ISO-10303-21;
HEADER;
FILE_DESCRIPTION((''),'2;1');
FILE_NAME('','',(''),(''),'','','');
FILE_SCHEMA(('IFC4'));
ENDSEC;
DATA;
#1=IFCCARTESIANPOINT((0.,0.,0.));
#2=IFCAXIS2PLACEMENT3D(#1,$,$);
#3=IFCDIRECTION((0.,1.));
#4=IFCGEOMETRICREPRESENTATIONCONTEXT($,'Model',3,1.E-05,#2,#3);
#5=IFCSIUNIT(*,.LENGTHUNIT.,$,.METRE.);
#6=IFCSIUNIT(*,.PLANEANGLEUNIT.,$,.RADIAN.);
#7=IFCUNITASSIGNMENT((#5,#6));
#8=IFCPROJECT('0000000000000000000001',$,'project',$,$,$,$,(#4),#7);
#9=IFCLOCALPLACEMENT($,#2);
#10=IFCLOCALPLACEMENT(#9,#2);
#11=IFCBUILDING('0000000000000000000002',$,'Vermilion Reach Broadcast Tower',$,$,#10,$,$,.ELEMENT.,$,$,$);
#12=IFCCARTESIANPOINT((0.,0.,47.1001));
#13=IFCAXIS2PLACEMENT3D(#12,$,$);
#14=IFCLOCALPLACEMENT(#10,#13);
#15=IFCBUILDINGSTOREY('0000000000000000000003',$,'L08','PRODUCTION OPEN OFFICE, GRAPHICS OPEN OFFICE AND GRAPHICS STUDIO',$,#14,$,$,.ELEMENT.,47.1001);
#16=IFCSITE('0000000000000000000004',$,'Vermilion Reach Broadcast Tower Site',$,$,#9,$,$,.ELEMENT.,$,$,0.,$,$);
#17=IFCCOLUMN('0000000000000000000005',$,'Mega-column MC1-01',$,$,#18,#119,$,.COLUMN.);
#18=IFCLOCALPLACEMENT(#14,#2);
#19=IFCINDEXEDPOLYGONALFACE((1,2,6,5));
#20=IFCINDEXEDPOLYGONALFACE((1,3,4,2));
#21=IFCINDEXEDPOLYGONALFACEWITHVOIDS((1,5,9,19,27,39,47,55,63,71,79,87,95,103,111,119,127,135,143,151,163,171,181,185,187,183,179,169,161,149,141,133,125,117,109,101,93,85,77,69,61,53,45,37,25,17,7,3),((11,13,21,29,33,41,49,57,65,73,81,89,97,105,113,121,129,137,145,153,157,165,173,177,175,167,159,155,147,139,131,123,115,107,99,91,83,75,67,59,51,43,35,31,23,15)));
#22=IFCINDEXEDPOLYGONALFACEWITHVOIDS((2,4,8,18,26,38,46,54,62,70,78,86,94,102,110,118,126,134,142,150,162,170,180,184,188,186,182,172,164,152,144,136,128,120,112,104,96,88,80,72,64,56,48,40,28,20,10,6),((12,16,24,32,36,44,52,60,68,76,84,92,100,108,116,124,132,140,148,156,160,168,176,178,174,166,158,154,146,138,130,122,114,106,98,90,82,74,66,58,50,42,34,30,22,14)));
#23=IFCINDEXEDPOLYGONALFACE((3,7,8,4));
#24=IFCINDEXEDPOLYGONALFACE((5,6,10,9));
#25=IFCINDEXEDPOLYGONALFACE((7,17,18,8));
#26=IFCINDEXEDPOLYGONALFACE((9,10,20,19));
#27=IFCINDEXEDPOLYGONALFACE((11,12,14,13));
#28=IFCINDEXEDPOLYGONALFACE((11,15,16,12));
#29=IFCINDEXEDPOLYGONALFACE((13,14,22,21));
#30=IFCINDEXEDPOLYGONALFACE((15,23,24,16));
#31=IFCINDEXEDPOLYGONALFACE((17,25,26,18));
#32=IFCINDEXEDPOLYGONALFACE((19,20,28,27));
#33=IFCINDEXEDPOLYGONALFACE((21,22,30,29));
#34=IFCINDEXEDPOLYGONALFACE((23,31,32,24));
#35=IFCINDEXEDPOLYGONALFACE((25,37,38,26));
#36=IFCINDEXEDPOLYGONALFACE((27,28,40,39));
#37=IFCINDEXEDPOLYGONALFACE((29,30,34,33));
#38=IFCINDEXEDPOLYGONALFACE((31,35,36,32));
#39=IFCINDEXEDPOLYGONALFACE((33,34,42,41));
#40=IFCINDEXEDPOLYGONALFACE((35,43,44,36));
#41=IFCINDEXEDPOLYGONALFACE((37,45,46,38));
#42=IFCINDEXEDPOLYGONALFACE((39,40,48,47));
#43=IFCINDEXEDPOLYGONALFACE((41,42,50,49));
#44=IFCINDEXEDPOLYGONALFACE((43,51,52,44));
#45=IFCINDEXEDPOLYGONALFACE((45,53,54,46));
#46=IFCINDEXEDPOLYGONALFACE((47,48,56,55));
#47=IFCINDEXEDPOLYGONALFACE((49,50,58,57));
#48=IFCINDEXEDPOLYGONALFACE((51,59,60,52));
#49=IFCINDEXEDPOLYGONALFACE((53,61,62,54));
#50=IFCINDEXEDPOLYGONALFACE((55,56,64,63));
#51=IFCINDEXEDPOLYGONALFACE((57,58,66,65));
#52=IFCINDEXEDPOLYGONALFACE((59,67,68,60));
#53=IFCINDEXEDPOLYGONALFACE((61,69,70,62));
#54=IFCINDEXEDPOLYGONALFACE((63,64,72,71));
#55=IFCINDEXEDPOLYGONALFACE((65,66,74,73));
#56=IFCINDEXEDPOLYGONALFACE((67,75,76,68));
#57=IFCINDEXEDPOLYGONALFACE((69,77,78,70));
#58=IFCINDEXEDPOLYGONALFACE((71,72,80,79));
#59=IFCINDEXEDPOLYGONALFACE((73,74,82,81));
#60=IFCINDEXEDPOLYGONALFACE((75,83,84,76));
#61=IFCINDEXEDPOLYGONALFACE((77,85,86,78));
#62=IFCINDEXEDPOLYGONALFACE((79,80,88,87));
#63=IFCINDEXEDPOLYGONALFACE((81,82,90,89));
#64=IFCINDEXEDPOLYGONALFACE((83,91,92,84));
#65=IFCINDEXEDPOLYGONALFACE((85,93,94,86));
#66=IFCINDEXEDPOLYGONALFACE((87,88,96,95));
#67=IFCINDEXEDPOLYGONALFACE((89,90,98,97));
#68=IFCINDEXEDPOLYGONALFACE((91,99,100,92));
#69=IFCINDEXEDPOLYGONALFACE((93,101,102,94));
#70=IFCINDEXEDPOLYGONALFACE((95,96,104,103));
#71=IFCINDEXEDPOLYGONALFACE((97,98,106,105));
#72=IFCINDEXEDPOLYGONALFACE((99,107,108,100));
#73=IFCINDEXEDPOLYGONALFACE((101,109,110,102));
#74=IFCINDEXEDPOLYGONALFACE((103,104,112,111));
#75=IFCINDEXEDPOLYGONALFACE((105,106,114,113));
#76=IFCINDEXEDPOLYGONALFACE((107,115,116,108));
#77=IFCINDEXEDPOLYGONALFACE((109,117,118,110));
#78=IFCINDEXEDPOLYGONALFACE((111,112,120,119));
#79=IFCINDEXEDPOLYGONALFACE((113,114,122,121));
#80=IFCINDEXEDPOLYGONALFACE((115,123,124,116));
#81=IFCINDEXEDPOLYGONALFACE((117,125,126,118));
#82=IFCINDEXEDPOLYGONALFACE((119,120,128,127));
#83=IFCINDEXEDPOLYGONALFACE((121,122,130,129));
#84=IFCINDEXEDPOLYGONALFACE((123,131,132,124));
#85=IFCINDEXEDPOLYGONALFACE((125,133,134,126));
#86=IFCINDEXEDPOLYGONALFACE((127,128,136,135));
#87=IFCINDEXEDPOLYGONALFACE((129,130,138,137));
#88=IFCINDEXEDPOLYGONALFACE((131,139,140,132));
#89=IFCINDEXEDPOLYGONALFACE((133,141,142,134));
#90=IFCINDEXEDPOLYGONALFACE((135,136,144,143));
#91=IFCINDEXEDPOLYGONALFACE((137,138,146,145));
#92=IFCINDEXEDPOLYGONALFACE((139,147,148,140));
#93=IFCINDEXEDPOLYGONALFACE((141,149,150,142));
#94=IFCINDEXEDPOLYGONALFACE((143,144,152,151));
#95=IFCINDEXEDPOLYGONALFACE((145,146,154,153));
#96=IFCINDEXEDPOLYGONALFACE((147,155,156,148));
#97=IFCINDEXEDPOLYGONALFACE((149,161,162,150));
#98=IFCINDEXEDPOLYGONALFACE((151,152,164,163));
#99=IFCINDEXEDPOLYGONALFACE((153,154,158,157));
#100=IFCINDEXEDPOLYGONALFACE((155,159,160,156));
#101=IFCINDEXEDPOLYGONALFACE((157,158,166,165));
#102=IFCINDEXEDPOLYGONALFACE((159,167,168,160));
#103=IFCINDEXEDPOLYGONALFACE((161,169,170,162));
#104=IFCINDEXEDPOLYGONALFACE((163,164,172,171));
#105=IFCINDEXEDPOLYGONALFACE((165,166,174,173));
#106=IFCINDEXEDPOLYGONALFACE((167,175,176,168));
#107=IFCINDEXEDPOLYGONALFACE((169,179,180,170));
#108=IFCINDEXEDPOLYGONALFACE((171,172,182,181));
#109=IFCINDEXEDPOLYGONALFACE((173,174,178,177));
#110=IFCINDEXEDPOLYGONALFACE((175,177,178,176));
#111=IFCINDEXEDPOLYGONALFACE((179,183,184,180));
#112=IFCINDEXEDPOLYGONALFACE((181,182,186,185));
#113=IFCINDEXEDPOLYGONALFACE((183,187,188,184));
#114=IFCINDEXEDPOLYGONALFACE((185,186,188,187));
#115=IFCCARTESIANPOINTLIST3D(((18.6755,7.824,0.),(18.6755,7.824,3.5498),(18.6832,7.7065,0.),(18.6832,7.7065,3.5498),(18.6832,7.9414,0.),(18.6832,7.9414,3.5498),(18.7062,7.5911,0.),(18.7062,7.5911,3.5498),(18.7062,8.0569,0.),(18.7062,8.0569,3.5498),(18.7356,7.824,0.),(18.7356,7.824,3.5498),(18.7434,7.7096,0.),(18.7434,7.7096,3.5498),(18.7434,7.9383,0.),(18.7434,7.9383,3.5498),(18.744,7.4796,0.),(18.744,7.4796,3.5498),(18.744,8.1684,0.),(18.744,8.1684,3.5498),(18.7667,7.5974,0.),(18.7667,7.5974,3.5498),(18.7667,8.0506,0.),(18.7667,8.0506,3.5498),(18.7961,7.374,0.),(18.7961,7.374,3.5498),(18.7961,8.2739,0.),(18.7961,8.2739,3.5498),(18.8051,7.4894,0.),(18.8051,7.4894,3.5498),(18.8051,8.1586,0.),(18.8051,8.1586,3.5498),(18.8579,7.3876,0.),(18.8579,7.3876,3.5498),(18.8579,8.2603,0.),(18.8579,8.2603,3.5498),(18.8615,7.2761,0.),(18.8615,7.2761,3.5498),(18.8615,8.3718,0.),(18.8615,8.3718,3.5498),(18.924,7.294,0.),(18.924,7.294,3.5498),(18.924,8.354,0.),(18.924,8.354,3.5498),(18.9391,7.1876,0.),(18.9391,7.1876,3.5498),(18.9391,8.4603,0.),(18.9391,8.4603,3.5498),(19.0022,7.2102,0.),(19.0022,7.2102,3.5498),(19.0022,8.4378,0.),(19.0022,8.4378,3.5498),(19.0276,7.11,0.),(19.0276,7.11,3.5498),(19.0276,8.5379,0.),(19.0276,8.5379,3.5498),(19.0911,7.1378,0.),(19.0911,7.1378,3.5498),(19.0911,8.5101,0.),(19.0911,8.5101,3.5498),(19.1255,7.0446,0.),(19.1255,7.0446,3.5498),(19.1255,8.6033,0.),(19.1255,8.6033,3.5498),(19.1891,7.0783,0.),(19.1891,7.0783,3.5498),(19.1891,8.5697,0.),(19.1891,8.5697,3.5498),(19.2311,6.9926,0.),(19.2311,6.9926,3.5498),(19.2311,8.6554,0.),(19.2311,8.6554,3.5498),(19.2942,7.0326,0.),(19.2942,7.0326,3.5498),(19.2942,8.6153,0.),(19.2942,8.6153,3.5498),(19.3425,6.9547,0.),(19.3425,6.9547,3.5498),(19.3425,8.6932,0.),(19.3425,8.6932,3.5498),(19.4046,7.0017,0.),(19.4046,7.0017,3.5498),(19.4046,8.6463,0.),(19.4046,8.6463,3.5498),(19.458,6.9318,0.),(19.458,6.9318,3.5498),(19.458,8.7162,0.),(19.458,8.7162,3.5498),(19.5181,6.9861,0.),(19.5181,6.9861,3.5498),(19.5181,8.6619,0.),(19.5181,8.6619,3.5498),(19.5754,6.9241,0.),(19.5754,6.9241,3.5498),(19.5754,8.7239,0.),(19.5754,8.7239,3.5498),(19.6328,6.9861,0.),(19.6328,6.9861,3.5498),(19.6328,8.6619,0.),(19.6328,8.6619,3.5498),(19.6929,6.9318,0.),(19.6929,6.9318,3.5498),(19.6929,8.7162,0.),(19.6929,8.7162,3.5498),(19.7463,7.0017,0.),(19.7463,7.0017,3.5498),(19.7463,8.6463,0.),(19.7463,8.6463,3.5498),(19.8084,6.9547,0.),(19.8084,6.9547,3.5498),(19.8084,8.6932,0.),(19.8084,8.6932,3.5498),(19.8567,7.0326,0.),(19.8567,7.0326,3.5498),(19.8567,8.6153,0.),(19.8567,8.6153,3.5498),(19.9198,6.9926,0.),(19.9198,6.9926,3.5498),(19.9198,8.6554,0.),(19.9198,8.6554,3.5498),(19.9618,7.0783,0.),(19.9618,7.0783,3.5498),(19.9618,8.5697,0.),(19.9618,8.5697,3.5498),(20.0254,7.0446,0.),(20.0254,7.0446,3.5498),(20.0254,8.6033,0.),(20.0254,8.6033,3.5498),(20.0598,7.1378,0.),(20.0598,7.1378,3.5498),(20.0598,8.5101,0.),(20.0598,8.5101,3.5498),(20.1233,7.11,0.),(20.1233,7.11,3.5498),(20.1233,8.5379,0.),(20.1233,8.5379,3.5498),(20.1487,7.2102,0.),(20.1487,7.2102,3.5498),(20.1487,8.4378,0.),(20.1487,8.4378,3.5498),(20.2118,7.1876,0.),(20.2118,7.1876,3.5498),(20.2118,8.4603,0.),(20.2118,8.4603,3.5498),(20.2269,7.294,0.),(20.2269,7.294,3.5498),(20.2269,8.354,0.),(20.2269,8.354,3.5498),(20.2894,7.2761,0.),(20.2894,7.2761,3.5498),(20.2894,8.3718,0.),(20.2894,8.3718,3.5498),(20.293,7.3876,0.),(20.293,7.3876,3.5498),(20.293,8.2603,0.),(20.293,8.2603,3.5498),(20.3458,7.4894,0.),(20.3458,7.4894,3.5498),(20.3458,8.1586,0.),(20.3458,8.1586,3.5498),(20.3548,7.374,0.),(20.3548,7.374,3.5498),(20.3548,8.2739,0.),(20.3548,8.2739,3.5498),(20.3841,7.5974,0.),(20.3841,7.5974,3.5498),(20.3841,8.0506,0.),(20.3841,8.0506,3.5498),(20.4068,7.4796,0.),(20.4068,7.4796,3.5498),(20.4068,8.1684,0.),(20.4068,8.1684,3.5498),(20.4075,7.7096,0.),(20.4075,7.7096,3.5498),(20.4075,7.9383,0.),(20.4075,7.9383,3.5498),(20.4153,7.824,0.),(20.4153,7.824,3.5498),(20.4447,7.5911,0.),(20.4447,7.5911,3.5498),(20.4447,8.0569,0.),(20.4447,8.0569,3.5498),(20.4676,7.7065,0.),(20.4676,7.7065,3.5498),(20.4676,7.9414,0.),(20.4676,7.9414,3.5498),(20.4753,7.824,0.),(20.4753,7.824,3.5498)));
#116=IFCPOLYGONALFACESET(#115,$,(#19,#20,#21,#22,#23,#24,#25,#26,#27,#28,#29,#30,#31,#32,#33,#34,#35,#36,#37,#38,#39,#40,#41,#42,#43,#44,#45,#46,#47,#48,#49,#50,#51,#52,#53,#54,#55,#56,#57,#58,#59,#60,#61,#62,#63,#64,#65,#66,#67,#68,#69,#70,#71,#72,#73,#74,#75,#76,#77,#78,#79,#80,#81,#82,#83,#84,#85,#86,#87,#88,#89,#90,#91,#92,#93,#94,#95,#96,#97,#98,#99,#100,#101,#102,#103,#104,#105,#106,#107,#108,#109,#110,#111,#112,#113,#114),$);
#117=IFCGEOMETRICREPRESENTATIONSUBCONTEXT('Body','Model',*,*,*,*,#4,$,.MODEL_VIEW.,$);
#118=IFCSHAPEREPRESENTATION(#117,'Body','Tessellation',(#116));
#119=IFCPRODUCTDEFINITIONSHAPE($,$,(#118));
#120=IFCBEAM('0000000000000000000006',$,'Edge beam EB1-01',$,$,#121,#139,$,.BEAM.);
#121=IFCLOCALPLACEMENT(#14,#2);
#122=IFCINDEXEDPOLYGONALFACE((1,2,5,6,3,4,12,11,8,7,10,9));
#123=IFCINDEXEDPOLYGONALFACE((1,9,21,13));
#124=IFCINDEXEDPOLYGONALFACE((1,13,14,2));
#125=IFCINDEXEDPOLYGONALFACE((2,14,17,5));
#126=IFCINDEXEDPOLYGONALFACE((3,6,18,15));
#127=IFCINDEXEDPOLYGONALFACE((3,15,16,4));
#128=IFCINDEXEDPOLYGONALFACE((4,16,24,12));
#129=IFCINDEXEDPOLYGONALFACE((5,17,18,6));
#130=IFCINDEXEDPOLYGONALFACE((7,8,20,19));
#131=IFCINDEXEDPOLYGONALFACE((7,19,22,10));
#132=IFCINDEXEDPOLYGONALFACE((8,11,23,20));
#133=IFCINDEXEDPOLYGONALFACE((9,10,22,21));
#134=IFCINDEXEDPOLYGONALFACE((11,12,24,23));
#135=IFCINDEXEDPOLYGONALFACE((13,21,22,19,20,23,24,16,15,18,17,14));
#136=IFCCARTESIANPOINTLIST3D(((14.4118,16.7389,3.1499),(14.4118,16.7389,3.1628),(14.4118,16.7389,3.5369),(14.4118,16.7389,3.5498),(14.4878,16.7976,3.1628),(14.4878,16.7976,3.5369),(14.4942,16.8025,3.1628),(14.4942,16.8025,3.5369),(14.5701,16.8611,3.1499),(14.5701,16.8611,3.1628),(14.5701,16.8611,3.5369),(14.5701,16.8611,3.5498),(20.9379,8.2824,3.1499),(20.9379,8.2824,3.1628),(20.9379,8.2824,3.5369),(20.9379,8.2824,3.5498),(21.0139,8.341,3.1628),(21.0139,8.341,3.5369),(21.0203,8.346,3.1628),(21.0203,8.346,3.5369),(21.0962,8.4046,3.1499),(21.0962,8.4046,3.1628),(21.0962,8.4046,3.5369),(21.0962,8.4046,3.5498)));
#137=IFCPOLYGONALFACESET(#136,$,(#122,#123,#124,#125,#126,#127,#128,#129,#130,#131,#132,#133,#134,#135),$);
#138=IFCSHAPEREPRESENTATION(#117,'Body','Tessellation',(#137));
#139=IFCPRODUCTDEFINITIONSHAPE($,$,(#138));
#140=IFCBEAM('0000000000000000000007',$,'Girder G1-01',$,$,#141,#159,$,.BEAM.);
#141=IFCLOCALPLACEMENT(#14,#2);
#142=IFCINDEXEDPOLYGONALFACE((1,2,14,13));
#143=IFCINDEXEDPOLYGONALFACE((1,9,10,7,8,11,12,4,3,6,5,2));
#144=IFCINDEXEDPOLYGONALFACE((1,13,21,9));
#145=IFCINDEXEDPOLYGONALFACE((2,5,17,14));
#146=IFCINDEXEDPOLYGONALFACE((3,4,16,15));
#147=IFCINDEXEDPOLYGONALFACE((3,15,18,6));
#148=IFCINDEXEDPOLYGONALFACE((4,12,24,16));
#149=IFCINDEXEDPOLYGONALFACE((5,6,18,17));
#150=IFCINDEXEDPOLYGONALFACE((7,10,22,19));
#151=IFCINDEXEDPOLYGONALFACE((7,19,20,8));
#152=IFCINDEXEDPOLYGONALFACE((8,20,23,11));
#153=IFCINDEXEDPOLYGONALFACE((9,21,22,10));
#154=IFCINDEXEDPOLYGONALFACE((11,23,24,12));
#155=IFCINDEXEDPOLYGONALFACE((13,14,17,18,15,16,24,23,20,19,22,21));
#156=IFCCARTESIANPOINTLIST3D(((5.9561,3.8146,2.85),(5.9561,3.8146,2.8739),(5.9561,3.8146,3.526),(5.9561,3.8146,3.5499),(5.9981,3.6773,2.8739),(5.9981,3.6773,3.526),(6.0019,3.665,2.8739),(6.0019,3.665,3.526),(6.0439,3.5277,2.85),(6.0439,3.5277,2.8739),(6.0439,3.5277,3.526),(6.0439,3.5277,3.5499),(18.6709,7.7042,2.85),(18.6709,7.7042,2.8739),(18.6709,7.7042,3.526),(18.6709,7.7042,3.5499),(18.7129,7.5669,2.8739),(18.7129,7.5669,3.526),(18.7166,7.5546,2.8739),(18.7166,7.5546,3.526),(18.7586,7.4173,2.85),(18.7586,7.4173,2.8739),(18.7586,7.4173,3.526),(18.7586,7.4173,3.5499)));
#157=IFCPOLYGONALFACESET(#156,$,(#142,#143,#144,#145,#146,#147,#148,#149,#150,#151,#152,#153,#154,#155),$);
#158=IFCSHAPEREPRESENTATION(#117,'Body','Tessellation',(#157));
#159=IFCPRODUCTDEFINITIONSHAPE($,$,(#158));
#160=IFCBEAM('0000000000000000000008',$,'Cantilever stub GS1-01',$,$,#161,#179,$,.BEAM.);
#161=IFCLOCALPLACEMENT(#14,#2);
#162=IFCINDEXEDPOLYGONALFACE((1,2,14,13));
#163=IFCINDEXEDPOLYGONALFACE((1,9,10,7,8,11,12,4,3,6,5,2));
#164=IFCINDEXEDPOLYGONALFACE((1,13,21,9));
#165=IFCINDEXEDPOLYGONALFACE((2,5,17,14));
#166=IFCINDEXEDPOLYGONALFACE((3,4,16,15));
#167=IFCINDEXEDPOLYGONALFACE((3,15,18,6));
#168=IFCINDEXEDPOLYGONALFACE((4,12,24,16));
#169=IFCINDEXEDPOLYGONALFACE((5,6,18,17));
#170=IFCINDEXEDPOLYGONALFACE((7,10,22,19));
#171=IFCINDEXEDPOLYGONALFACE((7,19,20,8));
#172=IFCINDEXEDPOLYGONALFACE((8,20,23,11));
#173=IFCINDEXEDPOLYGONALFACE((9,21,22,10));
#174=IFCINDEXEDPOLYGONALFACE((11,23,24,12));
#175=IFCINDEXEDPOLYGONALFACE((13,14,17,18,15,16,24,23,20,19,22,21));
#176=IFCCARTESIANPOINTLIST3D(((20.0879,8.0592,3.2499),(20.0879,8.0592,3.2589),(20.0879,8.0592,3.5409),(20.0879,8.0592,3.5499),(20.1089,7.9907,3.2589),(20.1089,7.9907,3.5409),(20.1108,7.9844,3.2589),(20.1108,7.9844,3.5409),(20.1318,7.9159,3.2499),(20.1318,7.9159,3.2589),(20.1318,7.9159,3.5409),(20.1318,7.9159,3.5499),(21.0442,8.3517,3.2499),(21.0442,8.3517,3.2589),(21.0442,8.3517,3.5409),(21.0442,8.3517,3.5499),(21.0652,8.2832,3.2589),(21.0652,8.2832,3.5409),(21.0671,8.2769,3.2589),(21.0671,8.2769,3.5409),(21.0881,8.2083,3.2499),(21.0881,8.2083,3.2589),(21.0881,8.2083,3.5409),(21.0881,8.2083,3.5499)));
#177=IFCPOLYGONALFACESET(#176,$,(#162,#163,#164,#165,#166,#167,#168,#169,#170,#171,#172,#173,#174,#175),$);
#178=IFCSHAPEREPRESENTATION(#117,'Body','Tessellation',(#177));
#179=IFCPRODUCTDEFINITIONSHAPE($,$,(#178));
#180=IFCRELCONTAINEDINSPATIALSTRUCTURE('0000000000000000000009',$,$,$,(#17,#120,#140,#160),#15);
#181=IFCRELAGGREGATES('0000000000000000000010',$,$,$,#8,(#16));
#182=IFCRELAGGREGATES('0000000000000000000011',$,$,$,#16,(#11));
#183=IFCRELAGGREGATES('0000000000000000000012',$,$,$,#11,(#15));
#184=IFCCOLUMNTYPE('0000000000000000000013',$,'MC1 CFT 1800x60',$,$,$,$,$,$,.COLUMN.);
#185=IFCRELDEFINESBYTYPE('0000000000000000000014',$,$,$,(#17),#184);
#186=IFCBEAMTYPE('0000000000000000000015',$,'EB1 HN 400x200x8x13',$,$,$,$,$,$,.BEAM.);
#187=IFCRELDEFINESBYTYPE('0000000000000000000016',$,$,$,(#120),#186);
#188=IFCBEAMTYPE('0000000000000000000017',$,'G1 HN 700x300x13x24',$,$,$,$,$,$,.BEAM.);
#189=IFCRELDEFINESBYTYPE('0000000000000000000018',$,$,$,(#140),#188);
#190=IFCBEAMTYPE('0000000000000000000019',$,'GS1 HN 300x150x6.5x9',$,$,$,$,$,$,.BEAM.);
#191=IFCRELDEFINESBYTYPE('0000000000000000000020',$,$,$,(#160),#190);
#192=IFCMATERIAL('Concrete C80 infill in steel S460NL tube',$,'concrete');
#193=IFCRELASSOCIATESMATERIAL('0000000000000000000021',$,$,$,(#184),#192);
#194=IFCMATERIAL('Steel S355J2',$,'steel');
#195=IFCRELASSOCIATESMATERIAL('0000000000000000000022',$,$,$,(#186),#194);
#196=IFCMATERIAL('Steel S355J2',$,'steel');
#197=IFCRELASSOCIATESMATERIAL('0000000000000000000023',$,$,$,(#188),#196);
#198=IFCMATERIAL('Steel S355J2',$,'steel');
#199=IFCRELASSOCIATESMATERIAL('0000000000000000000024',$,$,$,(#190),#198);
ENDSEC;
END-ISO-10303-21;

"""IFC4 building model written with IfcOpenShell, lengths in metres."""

from ifc_helpers import new_model, si_unit, direction, frame, origin, origin_2d, place, context, subcontext, project, spatial, hollow_circle, i_section, extrude, material, material_profile, profile_set, type_object, element, save


model = new_model("IFC4")

# Units and contexts
model_context = context("Model", 3, precision=1e-05, world=origin(), true_north=direction((0.0, 1.0)))
body_context = subcontext(model_context, "Body", "Model", "MODEL_VIEW")
ifc_project = project(units=[si_unit("LENGTHUNIT", "METRE"), si_unit("PLANEANGLEUNIT", "RADIAN")], contexts=[model_context])

# Site, building, storey
site_placement = place(None, origin())
site = spatial("IfcSite", under=ifc_project, at=site_placement, Name="Vermilion Reach Broadcast Tower Site", CompositionType="ELEMENT", RefElevation=0.0)
building_placement = place(site_placement, origin())
building = spatial("IfcBuilding", under=site, at=building_placement, Name="Vermilion Reach Broadcast Tower", CompositionType="ELEMENT")
storey_placement = place(building_placement, frame((0.0, 0.0, 47.1001)))
storey = spatial("IfcBuildingStorey", under=building, at=storey_placement, Name="L08", Description="PRODUCTION OPEN OFFICE, GRAPHICS OPEN OFFICE AND GRAPHICS STUDIO", CompositionType="ELEMENT", Elevation=47.1001)

# Column
ifc_material_1 = material(Name="Concrete C80 infill in steel S460NL tube", Category="concrete")
ifc_material_profile_1 = material_profile(ifc_material_1, hollow_circle(Radius=0.8999, WallThickness=0.0601, at=origin_2d()), Name="Concrete C80 infill in steel S460NL tube CFT 1800x60")
ifc_profile_set_1 = profile_set([ifc_material_profile_1], Name="Concrete C80 infill in steel S460NL tube")
column_type = type_object("IfcColumnType", Name="MC1 CFT 1800x60", PredefinedType="COLUMN", material=ifc_profile_set_1)
column_placement = place(storey_placement, frame((19.5754, 7.824, 0.0), z_axis=(0.0, 0.0, 1.0), x_axis=(1.0, 0.0, 0.0)))
element("IfcColumn", 1, at=column_placement, inside=storey, type_object=column_type, Name="Mega-column MC1-01", PredefinedType="COLUMN", context=body_context, shape_type="SweptSolid", body=[
    extrude(hollow_circle(Radius=0.8999, WallThickness=0.0601, at=origin_2d()), origin(), (0.0, 0.0, 1.0), 3.5498),
])

# Beams
ifc_material_2 = material(Name="Steel S355J2", Category="steel")
ifc_material_profile_2 = material_profile(ifc_material_2, i_section(OverallWidth=0.2, OverallDepth=0.3999, WebThickness=0.0081, FlangeThickness=0.0129, at=origin_2d()), Name="S355J2 HN 400x200x8x13")
ifc_profile_set_2 = profile_set([ifc_material_profile_2], Name="Steel S355J2")
beam_type_1 = type_object("IfcBeamType", Name="EB1 HN 400x200x8x13", PredefinedType="BEAM", material=ifc_profile_set_2)
beam_1_placement = place(storey_placement, frame((21.0171, 8.3435, 3.3499), z_axis=(-0.61095, 0.791669, 0.0), x_axis=(-0.791669, -0.61095, 0.0)))
element("IfcBeam", 2, at=beam_1_placement, inside=storey, type_object=beam_type_1, Name="Edge beam EB1-01", PredefinedType="BEAM", context=body_context, shape_type="SweptSolid", body=[
    extrude(i_section(OverallWidth=0.2, OverallDepth=0.3999, WebThickness=0.0081, FlangeThickness=0.0129, at=origin_2d()), origin(), (0.0, 0.0, 1.0), 10.6819),
])
ifc_material_3 = material(Name="Steel S355J2", Category="steel")
ifc_material_profile_3 = material_profile(ifc_material_3, i_section(OverallWidth=0.3, OverallDepth=0.7, WebThickness=0.0129, FlangeThickness=0.0239, at=origin_2d()), Name="S355J2 HN 700x300x13x24")
ifc_profile_set_3 = profile_set([ifc_material_profile_3], Name="Steel S355J2")
beam_type_2 = type_object("IfcBeamType", Name="G1 HN 700x300x13x24", PredefinedType="BEAM", material=ifc_profile_set_3)
beam_2_placement = place(storey_placement, frame((6.0, 3.6711, 3.2), z_axis=(0.956256, 0.292532, 0.0), x_axis=(-0.292532, 0.956256, 0.0)))
element("IfcBeam", 3, at=beam_2_placement, inside=storey, type_object=beam_type_2, Name="Girder G1-01", PredefinedType="BEAM", context=body_context, shape_type="SweptSolid", body=[
    extrude(i_section(OverallWidth=0.3, OverallDepth=0.7, WebThickness=0.0129, FlangeThickness=0.0239, at=origin_2d()), origin(), (0.0, 0.0, 1.0), 13.2964),
])
ifc_material_4 = material(Name="Steel S355J2", Category="steel")
ifc_material_profile_4 = material_profile(ifc_material_4, i_section(OverallWidth=0.1499, OverallDepth=0.3, WebThickness=0.0066, FlangeThickness=0.009, at=origin_2d()), Name="S355J2 HN 300x150x6.5x9")
ifc_profile_set_4 = profile_set([ifc_material_profile_4], Name="Steel S355J2")
beam_type_3 = type_object("IfcBeamType", Name="GS1 HN 300x150x6.5x9", PredefinedType="BEAM", material=ifc_profile_set_4)
beam_3_placement = place(storey_placement, frame((20.1099, 7.9875, 3.3999), z_axis=(0.956274, 0.292473, 0.0), x_axis=(-0.292473, 0.956274, 0.0)))
element("IfcBeam", 4, at=beam_3_placement, inside=storey, type_object=beam_type_3, Name="Cantilever stub GS1-01", PredefinedType="BEAM", context=body_context, shape_type="SweptSolid", body=[
    extrude(i_section(OverallWidth=0.1499, OverallDepth=0.3, WebThickness=0.0066, FlangeThickness=0.009, at=origin_2d()), origin(), (0.0, 0.0, 1.0), 1.0),
])

save(model, "model.ifc")
